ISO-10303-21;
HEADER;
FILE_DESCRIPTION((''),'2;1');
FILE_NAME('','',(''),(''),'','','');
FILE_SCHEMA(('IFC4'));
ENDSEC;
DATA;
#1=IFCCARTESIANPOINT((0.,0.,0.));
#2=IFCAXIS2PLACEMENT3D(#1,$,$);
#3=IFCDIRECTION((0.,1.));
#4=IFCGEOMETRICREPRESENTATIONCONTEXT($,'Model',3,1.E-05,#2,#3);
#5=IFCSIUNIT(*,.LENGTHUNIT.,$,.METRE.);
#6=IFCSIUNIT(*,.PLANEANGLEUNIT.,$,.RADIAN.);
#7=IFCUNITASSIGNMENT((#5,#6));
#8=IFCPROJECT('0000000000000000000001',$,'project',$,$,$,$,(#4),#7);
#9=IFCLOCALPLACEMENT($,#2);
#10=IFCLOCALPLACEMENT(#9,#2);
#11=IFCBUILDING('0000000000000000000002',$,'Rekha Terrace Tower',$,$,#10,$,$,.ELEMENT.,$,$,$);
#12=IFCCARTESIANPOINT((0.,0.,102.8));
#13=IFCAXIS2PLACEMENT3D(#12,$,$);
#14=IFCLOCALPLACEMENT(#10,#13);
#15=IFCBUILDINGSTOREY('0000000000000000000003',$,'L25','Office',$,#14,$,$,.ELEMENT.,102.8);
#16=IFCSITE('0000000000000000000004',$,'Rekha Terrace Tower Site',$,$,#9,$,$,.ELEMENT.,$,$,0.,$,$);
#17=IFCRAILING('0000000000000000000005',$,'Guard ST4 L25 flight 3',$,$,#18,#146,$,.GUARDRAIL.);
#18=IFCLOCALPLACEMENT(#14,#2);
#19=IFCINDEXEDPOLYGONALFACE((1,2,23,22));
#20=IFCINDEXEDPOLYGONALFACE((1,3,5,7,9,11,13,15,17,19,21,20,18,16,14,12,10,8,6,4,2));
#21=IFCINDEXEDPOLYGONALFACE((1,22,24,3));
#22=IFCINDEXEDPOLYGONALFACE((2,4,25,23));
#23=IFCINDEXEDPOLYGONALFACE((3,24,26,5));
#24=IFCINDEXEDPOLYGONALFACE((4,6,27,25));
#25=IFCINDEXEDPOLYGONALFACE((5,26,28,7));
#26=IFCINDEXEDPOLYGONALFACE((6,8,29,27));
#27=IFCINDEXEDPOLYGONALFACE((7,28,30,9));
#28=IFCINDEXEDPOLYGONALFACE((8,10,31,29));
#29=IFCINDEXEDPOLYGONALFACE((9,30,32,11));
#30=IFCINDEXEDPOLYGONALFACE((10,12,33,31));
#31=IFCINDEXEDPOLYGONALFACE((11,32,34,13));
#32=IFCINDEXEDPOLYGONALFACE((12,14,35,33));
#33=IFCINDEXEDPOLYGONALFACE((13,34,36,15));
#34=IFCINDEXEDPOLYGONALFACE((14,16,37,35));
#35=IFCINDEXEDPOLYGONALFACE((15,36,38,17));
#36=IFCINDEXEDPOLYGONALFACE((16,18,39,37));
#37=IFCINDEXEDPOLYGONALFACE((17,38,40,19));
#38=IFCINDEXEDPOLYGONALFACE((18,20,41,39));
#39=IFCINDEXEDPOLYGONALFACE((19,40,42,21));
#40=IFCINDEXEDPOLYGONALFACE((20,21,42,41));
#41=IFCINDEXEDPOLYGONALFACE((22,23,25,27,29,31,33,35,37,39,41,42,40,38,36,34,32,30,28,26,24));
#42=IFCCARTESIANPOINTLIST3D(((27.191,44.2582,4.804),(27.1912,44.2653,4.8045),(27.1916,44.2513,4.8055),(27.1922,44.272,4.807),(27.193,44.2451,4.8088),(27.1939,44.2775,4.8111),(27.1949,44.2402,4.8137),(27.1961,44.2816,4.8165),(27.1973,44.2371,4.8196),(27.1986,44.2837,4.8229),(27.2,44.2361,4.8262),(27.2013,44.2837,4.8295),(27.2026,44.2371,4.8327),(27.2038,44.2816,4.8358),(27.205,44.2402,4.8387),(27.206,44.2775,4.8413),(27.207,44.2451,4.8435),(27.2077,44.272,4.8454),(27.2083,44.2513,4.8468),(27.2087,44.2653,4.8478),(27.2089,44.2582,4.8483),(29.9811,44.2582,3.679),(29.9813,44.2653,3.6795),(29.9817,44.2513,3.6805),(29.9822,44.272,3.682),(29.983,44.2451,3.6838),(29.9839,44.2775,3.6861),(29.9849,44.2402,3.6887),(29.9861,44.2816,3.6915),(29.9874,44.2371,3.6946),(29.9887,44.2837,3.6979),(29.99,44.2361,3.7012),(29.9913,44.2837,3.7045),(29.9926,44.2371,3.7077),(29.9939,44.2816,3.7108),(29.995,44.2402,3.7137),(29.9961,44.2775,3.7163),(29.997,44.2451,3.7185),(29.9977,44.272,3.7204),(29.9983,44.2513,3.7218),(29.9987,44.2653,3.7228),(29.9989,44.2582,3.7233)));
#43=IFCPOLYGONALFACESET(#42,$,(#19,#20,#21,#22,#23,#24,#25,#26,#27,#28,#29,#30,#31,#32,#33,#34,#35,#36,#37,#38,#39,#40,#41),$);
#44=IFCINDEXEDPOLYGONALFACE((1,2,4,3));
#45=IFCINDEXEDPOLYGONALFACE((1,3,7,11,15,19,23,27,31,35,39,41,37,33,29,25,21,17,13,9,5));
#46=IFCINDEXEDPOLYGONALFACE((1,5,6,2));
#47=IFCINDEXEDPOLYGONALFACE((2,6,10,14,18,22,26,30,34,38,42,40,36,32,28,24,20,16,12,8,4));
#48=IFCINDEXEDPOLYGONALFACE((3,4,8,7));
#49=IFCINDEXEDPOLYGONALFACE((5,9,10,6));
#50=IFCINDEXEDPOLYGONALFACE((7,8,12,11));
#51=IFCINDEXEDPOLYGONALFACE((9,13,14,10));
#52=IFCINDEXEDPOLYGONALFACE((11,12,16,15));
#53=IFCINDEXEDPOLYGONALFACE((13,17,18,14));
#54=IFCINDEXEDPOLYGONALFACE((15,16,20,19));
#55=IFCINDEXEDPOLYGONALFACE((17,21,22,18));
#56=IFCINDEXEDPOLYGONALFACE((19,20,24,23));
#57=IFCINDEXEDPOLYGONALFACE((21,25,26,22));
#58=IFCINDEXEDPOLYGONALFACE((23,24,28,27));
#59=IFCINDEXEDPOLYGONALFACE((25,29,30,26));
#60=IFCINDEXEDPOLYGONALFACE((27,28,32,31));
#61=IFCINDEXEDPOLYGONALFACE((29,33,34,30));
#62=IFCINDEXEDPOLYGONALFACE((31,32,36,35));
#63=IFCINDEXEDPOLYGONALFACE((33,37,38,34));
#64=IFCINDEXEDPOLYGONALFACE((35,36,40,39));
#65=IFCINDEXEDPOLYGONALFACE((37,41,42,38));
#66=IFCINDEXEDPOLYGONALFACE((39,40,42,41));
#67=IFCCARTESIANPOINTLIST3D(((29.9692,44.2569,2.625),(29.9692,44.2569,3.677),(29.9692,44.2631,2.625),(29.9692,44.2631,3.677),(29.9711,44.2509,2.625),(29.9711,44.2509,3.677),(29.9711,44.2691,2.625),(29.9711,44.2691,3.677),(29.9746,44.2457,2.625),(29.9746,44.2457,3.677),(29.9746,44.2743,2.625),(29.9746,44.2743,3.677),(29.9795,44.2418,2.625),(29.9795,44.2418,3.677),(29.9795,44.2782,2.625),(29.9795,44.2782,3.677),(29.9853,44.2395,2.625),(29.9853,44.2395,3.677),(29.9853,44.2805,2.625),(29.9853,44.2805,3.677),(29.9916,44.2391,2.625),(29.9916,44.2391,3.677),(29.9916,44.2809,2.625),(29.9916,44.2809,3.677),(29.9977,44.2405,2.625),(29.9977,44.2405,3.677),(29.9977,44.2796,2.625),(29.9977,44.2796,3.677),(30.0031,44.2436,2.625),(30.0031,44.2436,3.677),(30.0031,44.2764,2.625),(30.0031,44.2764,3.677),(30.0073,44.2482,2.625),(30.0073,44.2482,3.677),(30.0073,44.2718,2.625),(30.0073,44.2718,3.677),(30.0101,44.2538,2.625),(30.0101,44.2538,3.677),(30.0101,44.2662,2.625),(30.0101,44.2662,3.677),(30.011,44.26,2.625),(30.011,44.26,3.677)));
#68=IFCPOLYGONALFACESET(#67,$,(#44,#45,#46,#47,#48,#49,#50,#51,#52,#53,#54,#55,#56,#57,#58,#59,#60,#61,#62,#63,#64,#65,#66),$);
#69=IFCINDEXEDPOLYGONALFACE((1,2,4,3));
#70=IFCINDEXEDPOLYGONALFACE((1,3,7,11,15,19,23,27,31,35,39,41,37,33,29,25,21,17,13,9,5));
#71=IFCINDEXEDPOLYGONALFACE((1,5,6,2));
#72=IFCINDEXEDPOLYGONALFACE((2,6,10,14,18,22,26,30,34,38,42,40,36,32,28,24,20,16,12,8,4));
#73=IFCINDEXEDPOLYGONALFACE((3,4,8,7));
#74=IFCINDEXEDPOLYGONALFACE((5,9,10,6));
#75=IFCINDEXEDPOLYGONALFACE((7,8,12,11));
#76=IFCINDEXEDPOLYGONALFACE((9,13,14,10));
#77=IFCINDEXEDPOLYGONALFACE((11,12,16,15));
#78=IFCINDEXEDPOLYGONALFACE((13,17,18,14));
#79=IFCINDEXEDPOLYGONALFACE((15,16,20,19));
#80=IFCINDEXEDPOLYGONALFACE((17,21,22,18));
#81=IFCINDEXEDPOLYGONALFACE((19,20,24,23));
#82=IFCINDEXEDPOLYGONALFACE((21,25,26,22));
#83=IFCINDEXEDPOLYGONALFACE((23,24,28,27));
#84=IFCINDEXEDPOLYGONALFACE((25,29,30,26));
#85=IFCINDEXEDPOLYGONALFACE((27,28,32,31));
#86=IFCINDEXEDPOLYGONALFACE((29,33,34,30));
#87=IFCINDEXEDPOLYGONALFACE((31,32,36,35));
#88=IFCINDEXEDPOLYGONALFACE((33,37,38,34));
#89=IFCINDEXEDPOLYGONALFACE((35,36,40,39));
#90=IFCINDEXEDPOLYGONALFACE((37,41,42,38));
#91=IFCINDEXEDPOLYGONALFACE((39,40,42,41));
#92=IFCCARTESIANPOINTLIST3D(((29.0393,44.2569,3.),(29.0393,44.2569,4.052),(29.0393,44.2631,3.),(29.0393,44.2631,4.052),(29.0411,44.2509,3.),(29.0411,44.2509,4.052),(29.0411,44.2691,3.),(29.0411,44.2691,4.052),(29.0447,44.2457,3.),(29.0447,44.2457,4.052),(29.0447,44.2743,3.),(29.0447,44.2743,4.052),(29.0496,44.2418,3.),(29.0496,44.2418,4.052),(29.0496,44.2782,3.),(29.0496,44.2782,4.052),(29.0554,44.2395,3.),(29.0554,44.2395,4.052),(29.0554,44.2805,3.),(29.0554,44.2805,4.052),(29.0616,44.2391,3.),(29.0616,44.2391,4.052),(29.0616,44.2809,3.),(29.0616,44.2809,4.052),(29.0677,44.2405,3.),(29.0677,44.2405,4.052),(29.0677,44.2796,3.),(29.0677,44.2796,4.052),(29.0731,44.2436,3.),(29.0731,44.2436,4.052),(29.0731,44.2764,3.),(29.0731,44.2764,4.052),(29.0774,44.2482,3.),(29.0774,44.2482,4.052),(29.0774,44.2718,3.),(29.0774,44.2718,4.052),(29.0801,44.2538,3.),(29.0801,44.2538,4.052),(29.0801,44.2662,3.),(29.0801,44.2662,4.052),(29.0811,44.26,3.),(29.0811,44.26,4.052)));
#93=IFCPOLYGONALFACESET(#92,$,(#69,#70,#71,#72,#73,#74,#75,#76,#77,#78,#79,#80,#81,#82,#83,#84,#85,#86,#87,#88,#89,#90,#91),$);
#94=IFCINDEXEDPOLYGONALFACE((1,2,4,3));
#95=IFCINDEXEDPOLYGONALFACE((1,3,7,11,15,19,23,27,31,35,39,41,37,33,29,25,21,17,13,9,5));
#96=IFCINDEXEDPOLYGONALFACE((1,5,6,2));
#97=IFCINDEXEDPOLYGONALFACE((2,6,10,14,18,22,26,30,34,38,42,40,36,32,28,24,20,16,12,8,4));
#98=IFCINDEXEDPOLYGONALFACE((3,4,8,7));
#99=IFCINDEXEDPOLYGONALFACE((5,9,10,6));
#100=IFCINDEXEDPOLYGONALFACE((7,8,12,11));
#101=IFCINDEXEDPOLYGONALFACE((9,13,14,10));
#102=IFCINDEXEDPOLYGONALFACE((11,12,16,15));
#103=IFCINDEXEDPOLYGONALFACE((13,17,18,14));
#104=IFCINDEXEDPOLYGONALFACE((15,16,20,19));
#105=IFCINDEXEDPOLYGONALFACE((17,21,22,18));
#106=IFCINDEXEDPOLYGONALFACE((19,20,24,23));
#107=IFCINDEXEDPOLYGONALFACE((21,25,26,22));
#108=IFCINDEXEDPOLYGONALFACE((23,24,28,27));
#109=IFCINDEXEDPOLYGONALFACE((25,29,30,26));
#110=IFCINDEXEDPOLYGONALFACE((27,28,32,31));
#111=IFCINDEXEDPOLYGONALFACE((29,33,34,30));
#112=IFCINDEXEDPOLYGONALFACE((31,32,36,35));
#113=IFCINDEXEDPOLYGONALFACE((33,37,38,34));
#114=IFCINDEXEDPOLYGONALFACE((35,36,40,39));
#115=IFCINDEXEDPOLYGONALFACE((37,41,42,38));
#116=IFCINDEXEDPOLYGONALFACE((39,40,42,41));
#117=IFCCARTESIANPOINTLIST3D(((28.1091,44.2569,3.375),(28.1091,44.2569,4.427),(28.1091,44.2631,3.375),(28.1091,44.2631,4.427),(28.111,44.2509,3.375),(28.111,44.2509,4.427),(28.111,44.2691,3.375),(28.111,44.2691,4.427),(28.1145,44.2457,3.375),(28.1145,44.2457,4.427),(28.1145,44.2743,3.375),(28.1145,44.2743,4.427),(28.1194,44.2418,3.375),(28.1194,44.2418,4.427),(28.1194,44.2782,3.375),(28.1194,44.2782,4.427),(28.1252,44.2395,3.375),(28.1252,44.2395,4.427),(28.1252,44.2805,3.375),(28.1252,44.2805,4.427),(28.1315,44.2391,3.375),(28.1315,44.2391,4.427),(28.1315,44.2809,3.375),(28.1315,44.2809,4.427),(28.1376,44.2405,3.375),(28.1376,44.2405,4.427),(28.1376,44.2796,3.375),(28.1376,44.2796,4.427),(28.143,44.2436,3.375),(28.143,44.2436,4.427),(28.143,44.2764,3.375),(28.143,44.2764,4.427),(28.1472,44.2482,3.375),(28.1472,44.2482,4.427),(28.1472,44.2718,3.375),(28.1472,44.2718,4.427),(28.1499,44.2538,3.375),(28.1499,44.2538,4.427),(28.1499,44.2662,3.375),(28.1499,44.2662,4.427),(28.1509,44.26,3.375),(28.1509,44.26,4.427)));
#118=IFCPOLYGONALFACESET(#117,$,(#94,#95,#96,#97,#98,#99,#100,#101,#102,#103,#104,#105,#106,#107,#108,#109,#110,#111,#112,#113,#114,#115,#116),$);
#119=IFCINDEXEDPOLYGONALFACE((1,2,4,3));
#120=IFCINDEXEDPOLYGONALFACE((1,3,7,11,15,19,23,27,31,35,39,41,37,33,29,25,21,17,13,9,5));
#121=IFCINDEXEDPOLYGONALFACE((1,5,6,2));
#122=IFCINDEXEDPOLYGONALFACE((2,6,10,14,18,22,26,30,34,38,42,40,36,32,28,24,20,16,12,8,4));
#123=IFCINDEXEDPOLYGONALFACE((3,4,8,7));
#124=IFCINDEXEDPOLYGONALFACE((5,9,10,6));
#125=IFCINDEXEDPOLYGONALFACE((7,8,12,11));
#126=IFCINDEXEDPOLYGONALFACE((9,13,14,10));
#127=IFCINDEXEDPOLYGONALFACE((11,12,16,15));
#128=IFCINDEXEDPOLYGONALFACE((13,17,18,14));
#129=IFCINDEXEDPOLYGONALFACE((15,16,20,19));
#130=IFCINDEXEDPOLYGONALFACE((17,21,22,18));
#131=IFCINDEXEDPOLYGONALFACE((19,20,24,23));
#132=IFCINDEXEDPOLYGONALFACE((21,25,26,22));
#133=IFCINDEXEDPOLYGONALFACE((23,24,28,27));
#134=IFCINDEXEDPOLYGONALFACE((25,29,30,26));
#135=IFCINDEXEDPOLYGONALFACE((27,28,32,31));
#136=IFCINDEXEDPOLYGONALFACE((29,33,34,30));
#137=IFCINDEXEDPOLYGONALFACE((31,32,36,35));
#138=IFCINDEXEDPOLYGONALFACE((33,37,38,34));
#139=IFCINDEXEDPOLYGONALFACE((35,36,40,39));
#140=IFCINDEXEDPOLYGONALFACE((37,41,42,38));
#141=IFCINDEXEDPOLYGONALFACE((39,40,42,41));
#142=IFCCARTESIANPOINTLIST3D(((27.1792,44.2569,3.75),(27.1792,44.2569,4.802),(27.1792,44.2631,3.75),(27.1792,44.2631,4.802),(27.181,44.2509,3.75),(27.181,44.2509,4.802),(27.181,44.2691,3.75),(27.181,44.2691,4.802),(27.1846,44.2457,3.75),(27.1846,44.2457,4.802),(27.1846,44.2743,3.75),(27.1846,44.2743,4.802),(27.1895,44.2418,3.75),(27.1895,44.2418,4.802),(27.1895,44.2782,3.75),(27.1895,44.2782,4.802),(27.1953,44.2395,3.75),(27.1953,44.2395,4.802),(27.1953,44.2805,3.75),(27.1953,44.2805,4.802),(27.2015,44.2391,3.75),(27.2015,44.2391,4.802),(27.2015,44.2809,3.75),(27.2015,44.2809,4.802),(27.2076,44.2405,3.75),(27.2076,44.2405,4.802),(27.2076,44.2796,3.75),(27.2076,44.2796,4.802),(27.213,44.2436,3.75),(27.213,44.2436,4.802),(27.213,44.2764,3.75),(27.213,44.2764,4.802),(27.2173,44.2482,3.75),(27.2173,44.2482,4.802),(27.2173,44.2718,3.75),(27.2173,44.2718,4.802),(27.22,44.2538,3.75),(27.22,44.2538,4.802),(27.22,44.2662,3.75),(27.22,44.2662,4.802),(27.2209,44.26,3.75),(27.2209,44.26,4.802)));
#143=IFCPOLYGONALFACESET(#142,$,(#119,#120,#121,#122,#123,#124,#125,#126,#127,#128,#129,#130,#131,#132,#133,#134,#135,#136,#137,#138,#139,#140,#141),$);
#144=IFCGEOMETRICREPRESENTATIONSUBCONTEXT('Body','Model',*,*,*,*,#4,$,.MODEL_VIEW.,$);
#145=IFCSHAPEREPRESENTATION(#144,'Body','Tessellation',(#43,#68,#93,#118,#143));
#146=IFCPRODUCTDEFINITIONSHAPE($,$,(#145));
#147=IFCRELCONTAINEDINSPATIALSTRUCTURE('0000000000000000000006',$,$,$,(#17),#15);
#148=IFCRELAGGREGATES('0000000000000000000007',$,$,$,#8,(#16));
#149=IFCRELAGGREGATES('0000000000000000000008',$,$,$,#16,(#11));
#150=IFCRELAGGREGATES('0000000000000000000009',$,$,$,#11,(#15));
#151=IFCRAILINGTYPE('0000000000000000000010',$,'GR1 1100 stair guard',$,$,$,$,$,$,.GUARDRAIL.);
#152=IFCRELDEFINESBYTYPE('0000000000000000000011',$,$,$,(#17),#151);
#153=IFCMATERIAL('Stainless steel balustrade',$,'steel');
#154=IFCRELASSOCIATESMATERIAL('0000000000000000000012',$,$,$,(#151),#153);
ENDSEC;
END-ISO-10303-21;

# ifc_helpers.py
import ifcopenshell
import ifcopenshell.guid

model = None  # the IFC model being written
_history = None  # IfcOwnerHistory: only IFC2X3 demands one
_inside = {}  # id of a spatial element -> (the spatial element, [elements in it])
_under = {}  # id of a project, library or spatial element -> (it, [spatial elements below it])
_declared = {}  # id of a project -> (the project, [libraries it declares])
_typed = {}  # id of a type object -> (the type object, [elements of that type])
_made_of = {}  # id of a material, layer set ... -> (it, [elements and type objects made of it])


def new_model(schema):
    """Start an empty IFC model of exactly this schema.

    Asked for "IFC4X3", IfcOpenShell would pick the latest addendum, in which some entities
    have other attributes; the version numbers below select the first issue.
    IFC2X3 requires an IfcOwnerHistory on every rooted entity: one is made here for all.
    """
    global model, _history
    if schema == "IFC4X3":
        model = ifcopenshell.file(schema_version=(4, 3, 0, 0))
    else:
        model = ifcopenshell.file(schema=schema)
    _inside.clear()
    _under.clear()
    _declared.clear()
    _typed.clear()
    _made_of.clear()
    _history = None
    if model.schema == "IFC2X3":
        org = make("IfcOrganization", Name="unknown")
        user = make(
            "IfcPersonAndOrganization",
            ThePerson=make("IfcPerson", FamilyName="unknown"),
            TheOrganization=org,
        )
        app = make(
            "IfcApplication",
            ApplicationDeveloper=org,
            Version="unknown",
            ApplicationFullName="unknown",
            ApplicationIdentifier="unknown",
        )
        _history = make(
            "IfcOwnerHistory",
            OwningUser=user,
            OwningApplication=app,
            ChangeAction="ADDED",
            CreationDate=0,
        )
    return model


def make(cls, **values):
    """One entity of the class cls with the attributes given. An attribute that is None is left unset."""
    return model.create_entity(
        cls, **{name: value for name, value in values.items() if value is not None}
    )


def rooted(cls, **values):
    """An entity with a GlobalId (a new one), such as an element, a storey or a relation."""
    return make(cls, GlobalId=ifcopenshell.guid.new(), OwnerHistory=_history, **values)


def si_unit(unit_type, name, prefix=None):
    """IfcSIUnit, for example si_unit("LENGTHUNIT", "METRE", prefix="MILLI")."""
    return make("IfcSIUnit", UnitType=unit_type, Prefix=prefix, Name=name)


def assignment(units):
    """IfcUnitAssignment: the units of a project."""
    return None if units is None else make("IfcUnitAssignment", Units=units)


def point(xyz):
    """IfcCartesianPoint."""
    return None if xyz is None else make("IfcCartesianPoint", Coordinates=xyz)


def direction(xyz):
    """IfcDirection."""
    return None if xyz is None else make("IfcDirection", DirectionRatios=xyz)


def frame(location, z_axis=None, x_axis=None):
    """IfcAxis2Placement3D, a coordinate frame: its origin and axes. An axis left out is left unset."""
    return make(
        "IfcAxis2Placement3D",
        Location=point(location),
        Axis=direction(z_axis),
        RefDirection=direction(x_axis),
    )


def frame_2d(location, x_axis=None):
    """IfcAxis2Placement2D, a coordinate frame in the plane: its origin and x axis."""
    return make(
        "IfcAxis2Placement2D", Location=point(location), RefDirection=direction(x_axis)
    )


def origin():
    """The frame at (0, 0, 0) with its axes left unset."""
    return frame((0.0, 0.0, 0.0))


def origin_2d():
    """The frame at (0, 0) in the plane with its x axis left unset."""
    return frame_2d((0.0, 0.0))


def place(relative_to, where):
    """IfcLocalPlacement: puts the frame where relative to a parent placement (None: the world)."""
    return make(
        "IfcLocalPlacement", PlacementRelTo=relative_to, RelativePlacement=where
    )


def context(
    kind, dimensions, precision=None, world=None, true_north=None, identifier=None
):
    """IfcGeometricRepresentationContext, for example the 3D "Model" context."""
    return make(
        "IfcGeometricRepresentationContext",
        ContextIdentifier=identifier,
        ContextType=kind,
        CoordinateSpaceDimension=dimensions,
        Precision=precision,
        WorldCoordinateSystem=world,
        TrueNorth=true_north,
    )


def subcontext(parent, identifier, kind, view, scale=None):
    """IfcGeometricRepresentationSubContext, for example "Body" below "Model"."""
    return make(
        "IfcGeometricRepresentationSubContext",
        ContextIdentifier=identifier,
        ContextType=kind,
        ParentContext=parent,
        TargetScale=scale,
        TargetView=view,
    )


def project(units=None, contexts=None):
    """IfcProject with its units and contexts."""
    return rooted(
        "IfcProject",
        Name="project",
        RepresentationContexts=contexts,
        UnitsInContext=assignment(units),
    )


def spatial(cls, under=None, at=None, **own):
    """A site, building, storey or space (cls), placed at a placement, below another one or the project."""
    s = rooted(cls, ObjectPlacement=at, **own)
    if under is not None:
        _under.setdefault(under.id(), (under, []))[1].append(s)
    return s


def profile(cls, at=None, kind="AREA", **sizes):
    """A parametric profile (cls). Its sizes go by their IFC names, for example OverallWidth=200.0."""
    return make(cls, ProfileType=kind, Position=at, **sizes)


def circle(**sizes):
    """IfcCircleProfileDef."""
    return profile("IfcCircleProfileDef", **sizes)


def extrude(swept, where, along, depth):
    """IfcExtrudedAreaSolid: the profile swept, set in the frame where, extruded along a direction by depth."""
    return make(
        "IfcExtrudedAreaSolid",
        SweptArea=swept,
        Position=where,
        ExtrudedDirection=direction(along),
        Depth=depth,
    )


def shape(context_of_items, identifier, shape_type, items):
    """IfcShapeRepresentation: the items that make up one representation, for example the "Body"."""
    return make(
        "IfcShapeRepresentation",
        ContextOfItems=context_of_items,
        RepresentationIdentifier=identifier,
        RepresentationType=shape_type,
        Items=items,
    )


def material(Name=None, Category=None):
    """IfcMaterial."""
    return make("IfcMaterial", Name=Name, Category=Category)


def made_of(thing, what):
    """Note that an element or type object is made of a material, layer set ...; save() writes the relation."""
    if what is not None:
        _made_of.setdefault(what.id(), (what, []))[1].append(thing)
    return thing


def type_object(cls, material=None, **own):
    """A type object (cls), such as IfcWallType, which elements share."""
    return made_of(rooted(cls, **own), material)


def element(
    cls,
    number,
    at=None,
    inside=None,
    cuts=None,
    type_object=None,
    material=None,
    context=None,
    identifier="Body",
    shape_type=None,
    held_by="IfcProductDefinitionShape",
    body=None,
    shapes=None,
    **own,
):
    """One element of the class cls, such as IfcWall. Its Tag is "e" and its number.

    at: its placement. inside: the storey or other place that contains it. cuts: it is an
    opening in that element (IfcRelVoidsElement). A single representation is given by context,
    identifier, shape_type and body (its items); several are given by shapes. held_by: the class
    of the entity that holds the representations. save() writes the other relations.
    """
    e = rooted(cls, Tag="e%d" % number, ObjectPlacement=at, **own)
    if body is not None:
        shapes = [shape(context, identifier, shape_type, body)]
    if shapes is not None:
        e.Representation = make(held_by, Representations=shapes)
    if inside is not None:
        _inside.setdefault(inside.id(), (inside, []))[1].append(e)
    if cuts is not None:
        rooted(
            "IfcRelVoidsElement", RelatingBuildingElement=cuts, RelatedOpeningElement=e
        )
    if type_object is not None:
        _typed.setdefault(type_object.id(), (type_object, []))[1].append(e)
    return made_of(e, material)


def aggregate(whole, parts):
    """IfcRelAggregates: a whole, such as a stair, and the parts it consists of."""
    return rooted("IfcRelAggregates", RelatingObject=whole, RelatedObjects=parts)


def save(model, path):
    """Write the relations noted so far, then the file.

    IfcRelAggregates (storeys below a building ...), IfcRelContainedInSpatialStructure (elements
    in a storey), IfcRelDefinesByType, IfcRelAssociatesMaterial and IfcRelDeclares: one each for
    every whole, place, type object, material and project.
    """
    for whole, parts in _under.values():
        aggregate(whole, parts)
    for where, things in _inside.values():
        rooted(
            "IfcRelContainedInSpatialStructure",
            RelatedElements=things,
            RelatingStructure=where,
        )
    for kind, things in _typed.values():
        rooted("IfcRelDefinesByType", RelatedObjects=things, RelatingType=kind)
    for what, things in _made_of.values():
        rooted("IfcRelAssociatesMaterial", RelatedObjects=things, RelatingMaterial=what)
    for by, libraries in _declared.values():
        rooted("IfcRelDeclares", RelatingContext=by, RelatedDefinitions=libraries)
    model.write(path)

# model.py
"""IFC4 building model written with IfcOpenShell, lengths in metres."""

from ifc_helpers import new_model, si_unit, direction, frame, origin, origin_2d, place, context, subcontext, project, spatial, circle, extrude, material, type_object, element, save


model = new_model("IFC4")

# Units and contexts
model_context = context("Model", 3, precision=1e-05, world=origin(), true_north=direction((0.0, 1.0)))
body_context = subcontext(model_context, "Body", "Model", "MODEL_VIEW")
ifc_project = project(units=[si_unit("LENGTHUNIT", "METRE"), si_unit("PLANEANGLEUNIT", "RADIAN")], contexts=[model_context])

# Site, building, storey
site_placement = place(None, origin())
site = spatial("IfcSite", under=ifc_project, at=site_placement, Name="Rekha Terrace Tower Site", CompositionType="ELEMENT", RefElevation=0.0)
building_placement = place(site_placement, origin())
building = spatial("IfcBuilding", under=site, at=building_placement, Name="Rekha Terrace Tower", CompositionType="ELEMENT")
storey_placement = place(building_placement, frame((0.0, 0.0, 102.8)))
storey = spatial("IfcBuildingStorey", under=building, at=storey_placement, Name="L25", Description="Office", CompositionType="ELEMENT", Elevation=102.8)

# Railing
ifc_material_1 = material(Name="Stainless steel balustrade", Category="steel")
railing_type_1 = type_object("IfcRailingType", Name="GR1 1100 stair guard", PredefinedType="GUARDRAIL", material=ifc_material_1)
railing_1_placement = place(storey_placement, frame((29.99, 44.26, 2.625)))
element("IfcRailing", 1, at=railing_1_placement, inside=storey, type_object=railing_type_1, Name="Guard ST4 L25 flight 3", PredefinedType="GUARDRAIL", context=body_context, shape_type="SweptSolid", body=[
    extrude(circle(Radius=0.0239, at=origin_2d()), frame((0.0, 0.0, 1.0762), z_axis=(-0.927443, 0.0, 0.373964), x_axis=(0.0, -1.0, 0.0)), (0.0, 0.0, 1.0), 3.0083),
    extrude(circle(Radius=0.021, at=origin_2d()), origin(), (0.0, 0.0, 1.0), 1.052),
    extrude(circle(Radius=0.021, at=origin_2d()), frame((-0.9299, 0.0, 0.375)), (0.0, 0.0, 1.0), 1.052),
    extrude(circle(Radius=0.021, at=origin_2d()), frame((-1.8601, 0.0, 0.75)), (0.0, 0.0, 1.0), 1.052),
    extrude(circle(Radius=0.021, at=origin_2d()), frame((-2.79, 0.0, 1.125)), (0.0, 0.0, 1.0), 1.052),
])

save(model, "model.ifc")
